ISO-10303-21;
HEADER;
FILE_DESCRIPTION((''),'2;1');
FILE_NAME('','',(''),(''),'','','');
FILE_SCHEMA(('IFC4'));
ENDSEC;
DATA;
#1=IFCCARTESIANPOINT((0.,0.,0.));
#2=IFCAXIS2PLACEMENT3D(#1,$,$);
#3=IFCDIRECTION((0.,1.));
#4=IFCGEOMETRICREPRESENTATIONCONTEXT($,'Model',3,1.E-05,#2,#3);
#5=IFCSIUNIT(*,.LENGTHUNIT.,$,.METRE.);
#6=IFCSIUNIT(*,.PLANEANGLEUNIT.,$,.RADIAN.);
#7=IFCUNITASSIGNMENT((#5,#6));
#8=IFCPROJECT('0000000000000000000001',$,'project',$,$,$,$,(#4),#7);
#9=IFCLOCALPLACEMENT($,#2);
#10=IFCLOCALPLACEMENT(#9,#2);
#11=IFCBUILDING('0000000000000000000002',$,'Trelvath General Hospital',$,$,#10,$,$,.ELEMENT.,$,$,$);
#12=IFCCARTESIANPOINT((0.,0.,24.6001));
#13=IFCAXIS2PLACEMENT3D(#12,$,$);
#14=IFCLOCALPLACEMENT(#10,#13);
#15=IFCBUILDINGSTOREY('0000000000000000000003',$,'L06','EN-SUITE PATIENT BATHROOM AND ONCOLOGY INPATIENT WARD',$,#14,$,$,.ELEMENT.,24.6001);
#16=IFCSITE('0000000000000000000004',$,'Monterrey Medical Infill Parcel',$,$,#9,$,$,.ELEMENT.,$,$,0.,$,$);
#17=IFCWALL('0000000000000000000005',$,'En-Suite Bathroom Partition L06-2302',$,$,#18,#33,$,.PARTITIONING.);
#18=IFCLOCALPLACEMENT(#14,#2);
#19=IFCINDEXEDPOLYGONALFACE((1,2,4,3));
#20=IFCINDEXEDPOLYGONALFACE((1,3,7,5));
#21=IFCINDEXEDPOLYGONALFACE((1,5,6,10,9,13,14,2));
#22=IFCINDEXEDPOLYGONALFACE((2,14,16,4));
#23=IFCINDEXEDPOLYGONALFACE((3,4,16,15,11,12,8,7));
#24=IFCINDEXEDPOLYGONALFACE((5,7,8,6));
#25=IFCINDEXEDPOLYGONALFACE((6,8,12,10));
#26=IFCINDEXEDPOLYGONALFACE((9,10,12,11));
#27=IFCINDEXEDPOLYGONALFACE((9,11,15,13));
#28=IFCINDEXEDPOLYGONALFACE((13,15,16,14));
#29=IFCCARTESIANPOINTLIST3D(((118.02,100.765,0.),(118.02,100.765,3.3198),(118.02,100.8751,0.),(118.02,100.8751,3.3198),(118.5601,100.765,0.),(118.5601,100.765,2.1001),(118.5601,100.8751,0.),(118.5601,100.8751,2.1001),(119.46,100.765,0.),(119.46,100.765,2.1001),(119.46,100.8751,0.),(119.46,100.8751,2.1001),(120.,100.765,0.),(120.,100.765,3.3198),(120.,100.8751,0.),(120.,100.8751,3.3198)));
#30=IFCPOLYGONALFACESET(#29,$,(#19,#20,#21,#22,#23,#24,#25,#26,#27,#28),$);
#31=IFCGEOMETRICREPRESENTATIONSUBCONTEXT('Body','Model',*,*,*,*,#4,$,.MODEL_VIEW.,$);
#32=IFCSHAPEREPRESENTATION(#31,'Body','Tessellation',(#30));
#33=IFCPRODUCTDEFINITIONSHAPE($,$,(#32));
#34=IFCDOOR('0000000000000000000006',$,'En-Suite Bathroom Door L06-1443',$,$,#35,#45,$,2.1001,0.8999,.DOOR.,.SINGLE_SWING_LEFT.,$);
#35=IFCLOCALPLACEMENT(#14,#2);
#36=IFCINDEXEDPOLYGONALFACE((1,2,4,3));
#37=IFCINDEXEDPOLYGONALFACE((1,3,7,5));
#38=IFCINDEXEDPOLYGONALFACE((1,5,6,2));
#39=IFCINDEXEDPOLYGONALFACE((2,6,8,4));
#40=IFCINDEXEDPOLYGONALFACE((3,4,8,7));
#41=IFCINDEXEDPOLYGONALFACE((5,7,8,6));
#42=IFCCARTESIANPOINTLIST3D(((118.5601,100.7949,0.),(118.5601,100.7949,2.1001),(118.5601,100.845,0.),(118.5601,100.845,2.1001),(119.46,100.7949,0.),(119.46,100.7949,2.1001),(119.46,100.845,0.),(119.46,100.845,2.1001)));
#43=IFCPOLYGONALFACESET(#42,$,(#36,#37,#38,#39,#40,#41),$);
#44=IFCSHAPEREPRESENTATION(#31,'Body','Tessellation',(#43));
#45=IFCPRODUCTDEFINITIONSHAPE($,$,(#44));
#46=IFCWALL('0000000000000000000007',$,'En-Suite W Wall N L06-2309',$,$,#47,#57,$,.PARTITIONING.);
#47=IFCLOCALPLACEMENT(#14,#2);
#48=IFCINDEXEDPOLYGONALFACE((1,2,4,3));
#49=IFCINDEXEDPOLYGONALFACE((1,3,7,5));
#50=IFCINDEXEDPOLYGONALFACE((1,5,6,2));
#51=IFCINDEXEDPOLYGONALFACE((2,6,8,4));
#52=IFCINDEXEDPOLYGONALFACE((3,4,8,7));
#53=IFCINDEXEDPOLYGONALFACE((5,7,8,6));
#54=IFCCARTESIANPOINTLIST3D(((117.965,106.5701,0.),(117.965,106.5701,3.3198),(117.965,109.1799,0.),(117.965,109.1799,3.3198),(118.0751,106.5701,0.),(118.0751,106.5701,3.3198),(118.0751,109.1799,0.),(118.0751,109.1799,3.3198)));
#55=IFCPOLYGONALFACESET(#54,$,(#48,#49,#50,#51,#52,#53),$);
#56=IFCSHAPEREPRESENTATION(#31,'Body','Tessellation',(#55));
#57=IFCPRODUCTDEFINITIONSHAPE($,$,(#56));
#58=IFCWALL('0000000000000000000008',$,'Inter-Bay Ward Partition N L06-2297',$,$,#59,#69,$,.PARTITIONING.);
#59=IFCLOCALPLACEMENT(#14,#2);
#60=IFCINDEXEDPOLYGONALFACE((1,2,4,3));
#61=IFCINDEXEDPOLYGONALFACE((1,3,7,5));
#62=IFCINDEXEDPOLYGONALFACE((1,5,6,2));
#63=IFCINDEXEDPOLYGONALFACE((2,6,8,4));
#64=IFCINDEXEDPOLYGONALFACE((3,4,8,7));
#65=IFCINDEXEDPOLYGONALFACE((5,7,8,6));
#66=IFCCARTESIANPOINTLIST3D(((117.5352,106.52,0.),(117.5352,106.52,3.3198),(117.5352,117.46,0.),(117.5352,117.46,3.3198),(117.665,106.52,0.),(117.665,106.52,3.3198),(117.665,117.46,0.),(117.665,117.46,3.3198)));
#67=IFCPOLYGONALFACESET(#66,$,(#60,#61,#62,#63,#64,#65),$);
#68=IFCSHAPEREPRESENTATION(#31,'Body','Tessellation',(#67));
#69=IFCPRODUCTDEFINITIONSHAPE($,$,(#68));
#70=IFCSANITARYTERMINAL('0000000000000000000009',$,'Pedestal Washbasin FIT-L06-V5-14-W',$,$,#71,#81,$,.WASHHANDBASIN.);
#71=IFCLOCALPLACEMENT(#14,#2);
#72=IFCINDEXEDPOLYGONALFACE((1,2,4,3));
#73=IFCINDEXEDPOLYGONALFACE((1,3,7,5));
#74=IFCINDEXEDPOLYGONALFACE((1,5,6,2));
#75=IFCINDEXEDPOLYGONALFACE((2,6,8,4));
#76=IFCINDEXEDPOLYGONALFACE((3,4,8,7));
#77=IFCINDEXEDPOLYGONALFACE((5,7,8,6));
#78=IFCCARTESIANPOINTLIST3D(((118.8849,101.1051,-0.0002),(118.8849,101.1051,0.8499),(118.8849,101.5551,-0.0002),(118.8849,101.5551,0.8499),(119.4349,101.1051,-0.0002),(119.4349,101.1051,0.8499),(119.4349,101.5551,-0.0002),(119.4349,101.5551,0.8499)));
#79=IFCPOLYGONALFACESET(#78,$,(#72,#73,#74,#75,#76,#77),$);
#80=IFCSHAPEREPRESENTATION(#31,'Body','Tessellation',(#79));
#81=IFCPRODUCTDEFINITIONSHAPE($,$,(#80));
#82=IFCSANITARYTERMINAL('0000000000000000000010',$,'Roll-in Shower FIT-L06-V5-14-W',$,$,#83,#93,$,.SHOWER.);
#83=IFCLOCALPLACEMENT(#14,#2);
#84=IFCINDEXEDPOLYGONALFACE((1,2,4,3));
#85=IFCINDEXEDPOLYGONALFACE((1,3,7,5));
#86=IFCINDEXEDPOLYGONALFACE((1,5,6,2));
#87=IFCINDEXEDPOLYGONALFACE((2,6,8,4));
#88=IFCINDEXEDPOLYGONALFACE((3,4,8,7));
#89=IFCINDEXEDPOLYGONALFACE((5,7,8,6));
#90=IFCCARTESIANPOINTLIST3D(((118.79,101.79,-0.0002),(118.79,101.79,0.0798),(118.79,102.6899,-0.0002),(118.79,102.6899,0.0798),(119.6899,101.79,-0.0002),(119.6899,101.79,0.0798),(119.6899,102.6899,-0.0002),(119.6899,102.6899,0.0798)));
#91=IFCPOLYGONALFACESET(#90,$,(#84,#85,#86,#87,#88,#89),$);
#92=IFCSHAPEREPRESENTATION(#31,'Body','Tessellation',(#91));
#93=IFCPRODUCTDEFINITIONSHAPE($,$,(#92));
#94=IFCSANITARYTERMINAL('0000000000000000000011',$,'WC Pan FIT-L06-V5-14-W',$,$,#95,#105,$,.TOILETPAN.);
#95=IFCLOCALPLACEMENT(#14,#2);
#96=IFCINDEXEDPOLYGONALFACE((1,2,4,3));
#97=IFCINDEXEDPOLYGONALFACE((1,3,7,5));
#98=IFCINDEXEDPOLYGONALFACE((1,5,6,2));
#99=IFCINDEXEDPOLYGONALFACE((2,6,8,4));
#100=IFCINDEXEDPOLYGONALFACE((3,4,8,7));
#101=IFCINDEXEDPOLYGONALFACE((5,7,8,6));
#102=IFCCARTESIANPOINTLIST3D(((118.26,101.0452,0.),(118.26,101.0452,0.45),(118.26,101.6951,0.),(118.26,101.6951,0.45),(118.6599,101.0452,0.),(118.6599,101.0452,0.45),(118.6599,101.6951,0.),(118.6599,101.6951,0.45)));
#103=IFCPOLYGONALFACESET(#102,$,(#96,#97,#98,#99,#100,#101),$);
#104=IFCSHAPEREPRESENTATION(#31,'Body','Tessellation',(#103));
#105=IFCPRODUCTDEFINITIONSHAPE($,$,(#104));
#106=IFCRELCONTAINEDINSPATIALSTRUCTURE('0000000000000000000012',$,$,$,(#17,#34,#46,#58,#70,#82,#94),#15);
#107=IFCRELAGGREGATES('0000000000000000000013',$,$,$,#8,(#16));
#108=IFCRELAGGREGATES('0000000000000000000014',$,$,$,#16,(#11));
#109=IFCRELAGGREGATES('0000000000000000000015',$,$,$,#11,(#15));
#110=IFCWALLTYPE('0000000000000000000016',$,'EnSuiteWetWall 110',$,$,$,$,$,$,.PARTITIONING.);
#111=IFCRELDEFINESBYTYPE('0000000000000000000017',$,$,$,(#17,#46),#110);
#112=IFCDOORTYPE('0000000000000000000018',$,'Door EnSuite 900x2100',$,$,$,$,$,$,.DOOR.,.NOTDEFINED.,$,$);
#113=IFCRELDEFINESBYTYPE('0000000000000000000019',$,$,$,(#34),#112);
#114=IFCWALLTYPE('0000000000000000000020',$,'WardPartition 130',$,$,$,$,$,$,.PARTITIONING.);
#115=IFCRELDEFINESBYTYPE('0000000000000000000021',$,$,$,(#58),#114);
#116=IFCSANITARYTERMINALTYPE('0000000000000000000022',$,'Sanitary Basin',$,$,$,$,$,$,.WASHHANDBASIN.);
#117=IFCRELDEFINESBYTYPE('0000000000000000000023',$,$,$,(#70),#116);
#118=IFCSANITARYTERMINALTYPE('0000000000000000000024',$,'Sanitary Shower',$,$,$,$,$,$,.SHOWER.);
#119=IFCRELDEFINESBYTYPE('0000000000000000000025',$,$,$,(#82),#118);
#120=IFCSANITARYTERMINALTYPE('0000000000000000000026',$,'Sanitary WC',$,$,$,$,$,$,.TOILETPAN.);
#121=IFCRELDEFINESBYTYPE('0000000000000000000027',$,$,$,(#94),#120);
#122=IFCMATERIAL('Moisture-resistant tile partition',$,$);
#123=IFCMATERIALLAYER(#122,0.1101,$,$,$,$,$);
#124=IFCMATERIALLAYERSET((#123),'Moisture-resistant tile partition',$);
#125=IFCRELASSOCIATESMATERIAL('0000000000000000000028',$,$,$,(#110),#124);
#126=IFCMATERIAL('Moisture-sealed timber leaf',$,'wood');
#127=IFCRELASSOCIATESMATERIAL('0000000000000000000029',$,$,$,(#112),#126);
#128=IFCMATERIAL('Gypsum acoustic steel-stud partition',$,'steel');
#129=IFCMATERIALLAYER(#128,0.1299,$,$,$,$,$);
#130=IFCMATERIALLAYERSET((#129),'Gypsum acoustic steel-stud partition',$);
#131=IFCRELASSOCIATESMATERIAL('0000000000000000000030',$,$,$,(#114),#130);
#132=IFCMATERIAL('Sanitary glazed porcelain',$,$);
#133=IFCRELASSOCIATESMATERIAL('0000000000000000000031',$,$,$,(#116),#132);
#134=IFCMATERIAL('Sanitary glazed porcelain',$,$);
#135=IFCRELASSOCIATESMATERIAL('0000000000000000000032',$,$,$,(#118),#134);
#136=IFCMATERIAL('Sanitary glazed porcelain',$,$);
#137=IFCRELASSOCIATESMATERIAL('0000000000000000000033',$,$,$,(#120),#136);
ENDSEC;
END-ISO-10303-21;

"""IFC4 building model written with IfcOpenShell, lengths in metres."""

from ifc_helpers import new_model, si_unit, direction, frame, frame_2d, origin, origin_2d, place, context, subcontext, project, spatial, rectangle, extrude, material, layer, layer_set, type_object, element, fill, save


model = new_model("IFC4")

# Units and contexts
model_context = context("Model", 3, precision=1e-05, world=origin(), true_north=direction((0.0, 1.0)))
body_context = subcontext(model_context, "Body", "Model", "MODEL_VIEW")
ifc_project = project(units=[si_unit("LENGTHUNIT", "METRE"), si_unit("PLANEANGLEUNIT", "RADIAN")], contexts=[model_context])

# Site, building, storey
site_placement = place(None, origin())
site = spatial("IfcSite", under=ifc_project, at=site_placement, Name="Monterrey Medical Infill Parcel", CompositionType="ELEMENT", RefElevation=0.0)
building_placement = place(site_placement, origin())
building = spatial("IfcBuilding", under=site, at=building_placement, Name="Trelvath General Hospital", CompositionType="ELEMENT")
storey_placement = place(building_placement, frame((0.0, 0.0, 24.6001)))
storey = spatial("IfcBuildingStorey", under=building, at=storey_placement, Name="L06", Description="EN-SUITE PATIENT BATHROOM AND ONCOLOGY INPATIENT WARD", CompositionType="ELEMENT", Elevation=24.6001)

# Shared definitions
ifc_material_1 = material(Name="Moisture-resistant tile partition")
ifc_layer_1 = layer(ifc_material_1, 0.1101)
ifc_layer_set_1 = layer_set([ifc_layer_1], Name="Moisture-resistant tile partition")
wall_type_1 = type_object("IfcWallType", Name="EnSuiteWetWall 110", PredefinedType="PARTITIONING", material=ifc_layer_set_1)

# Wall, opening, door
wall_1_placement = place(storey_placement, frame((118.02, 100.8201, 0.0), z_axis=(0.0, 0.0, 1.0), x_axis=(1.0, 0.0, 0.0)))
wall_1 = element("IfcWall", 1, at=wall_1_placement, inside=storey, type_object=wall_type_1, Name="En-Suite Bathroom Partition L06-2302", PredefinedType="PARTITIONING", context=body_context, shape_type="SweptSolid", body=[
    extrude(rectangle(XDim=1.98, YDim=0.1101, at=frame_2d((0.99, 0.0))), origin(), (0.0, 0.0, 1.0), 3.3198),
])
opening_1_placement = place(wall_1_placement, frame((0.54, 0.0, 0.0)))
opening_1 = element("IfcOpeningElement", 2, at=opening_1_placement, cuts=wall_1, PredefinedType="OPENING", context=body_context, shape_type="SweptSolid", body=[
    extrude(rectangle(XDim=0.8999, YDim=2.1001, at=frame_2d((0.45, 1.05))), frame((0.0, 0.0649, 0.0), z_axis=(0.0, -1.0, 0.0), x_axis=(1.0, 0.0, 0.0)), (0.0, 0.0, 1.0), 0.1301),
])
ifc_material_2 = material(Name="Moisture-sealed timber leaf", Category="wood")
door_type_1 = type_object("IfcDoorType", Name="Door EnSuite 900x2100", OperationType="NOTDEFINED", PredefinedType="DOOR", material=ifc_material_2)
door_1_placement = place(opening_1_placement, origin())
door_1 = element("IfcDoor", 3, at=door_1_placement, inside=storey, type_object=door_type_1, Name="En-Suite Bathroom Door L06-1443", OperationType="SINGLE_SWING_LEFT", OverallHeight=2.1001, OverallWidth=0.8999, PredefinedType="DOOR", context=body_context, shape_type="SweptSolid", body=[
    extrude(rectangle(XDim=0.8999, YDim=2.1001, at=frame_2d((0.45, 1.05))), frame((0.0, 0.0249, 0.0), z_axis=(0.0, -1.0, 0.0), x_axis=(1.0, 0.0, 0.0)), (0.0, 0.0, 1.0), 0.05),
])
fill(opening_1, door_1)

# Walls
wall_2_placement = place(storey_placement, frame((118.02, 106.5701, 0.0), z_axis=(0.0, 0.0, 1.0), x_axis=(0.0, 1.0, 0.0)))
element("IfcWall", 4, at=wall_2_placement, inside=storey, type_object=wall_type_1, Name="En-Suite W Wall N L06-2309", PredefinedType="PARTITIONING", context=body_context, shape_type="SweptSolid", body=[
    extrude(rectangle(XDim=2.6099, YDim=0.1101, at=frame_2d((1.3049, 0.0))), origin(), (0.0, 0.0, 1.0), 3.3198),
])
ifc_material_3 = material(Name="Gypsum acoustic steel-stud partition", Category="steel")
ifc_layer_2 = layer(ifc_material_3, 0.1299)
ifc_layer_set_2 = layer_set([ifc_layer_2], Name="Gypsum acoustic steel-stud partition")
wall_type_2 = type_object("IfcWallType", Name="WardPartition 130", PredefinedType="PARTITIONING", material=ifc_layer_set_2)
wall_3_placement = place(storey_placement, frame((117.6001, 106.52, 0.0), z_axis=(0.0, 0.0, 1.0), x_axis=(0.0, 1.0, 0.0)))
element("IfcWall", 5, at=wall_3_placement, inside=storey, type_object=wall_type_2, Name="Inter-Bay Ward Partition N L06-2297", PredefinedType="PARTITIONING", context=body_context, shape_type="SweptSolid", body=[
    extrude(rectangle(XDim=10.9399, YDim=0.1299, at=frame_2d((5.47, 0.0))), origin(), (0.0, 0.0, 1.0), 3.3198),
])

# Sanitary terminals
ifc_material_4 = material(Name="Sanitary glazed porcelain")
sanitary_terminal_type_1 = type_object("IfcSanitaryTerminalType", Name="Sanitary Basin", PredefinedType="WASHHANDBASIN", material=ifc_material_4)
sanitary_terminal_1_placement = place(storey_placement, frame((119.1599, 101.3301, -0.0002), z_axis=(0.0, 0.0, 1.0), x_axis=(1.0, 0.0, 0.0)))
element("IfcSanitaryTerminal", 6, at=sanitary_terminal_1_placement, inside=storey, type_object=sanitary_terminal_type_1, Name="Pedestal Washbasin FIT-L06-V5-14-W", PredefinedType="WASHHANDBASIN", context=body_context, shape_type="SweptSolid", body=[
    extrude(rectangle(XDim=0.55, YDim=0.45, at=origin_2d()), origin(), (0.0, 0.0, 1.0), 0.8501),
])
ifc_material_5 = material(Name="Sanitary glazed porcelain")
sanitary_terminal_type_2 = type_object("IfcSanitaryTerminalType", Name="Sanitary Shower", PredefinedType="SHOWER", material=ifc_material_5)
sanitary_terminal_2_placement = place(storey_placement, frame((119.24, 102.24, -0.0002), z_axis=(0.0, 0.0, 1.0), x_axis=(1.0, 0.0, 0.0)))
element("IfcSanitaryTerminal", 7, at=sanitary_terminal_2_placement, inside=storey, type_object=sanitary_terminal_type_2, Name="Roll-in Shower FIT-L06-V5-14-W", PredefinedType="SHOWER", context=body_context, shape_type="SweptSolid", body=[
    extrude(rectangle(XDim=0.8999, YDim=0.8999, at=origin_2d()), origin(), (0.0, 0.0, 1.0), 0.0801),
])
ifc_material_6 = material(Name="Sanitary glazed porcelain")
sanitary_terminal_type_3 = type_object("IfcSanitaryTerminalType", Name="Sanitary WC", PredefinedType="TOILETPAN", material=ifc_material_6)
sanitary_terminal_3_placement = place(storey_placement, frame((118.46, 101.3701, 0.0), z_axis=(0.0, 0.0, 1.0), x_axis=(1.0, 0.0, 0.0)))
element("IfcSanitaryTerminal", 8, at=sanitary_terminal_3_placement, inside=storey, type_object=sanitary_terminal_type_3, Name="WC Pan FIT-L06-V5-14-W", PredefinedType="TOILETPAN", context=body_context, shape_type="SweptSolid", body=[
    extrude(rectangle(XDim=0.3999, YDim=0.6499, at=origin_2d()), origin(), (0.0, 0.0, 1.0), 0.45),
])

save(model, "model.ifc")
